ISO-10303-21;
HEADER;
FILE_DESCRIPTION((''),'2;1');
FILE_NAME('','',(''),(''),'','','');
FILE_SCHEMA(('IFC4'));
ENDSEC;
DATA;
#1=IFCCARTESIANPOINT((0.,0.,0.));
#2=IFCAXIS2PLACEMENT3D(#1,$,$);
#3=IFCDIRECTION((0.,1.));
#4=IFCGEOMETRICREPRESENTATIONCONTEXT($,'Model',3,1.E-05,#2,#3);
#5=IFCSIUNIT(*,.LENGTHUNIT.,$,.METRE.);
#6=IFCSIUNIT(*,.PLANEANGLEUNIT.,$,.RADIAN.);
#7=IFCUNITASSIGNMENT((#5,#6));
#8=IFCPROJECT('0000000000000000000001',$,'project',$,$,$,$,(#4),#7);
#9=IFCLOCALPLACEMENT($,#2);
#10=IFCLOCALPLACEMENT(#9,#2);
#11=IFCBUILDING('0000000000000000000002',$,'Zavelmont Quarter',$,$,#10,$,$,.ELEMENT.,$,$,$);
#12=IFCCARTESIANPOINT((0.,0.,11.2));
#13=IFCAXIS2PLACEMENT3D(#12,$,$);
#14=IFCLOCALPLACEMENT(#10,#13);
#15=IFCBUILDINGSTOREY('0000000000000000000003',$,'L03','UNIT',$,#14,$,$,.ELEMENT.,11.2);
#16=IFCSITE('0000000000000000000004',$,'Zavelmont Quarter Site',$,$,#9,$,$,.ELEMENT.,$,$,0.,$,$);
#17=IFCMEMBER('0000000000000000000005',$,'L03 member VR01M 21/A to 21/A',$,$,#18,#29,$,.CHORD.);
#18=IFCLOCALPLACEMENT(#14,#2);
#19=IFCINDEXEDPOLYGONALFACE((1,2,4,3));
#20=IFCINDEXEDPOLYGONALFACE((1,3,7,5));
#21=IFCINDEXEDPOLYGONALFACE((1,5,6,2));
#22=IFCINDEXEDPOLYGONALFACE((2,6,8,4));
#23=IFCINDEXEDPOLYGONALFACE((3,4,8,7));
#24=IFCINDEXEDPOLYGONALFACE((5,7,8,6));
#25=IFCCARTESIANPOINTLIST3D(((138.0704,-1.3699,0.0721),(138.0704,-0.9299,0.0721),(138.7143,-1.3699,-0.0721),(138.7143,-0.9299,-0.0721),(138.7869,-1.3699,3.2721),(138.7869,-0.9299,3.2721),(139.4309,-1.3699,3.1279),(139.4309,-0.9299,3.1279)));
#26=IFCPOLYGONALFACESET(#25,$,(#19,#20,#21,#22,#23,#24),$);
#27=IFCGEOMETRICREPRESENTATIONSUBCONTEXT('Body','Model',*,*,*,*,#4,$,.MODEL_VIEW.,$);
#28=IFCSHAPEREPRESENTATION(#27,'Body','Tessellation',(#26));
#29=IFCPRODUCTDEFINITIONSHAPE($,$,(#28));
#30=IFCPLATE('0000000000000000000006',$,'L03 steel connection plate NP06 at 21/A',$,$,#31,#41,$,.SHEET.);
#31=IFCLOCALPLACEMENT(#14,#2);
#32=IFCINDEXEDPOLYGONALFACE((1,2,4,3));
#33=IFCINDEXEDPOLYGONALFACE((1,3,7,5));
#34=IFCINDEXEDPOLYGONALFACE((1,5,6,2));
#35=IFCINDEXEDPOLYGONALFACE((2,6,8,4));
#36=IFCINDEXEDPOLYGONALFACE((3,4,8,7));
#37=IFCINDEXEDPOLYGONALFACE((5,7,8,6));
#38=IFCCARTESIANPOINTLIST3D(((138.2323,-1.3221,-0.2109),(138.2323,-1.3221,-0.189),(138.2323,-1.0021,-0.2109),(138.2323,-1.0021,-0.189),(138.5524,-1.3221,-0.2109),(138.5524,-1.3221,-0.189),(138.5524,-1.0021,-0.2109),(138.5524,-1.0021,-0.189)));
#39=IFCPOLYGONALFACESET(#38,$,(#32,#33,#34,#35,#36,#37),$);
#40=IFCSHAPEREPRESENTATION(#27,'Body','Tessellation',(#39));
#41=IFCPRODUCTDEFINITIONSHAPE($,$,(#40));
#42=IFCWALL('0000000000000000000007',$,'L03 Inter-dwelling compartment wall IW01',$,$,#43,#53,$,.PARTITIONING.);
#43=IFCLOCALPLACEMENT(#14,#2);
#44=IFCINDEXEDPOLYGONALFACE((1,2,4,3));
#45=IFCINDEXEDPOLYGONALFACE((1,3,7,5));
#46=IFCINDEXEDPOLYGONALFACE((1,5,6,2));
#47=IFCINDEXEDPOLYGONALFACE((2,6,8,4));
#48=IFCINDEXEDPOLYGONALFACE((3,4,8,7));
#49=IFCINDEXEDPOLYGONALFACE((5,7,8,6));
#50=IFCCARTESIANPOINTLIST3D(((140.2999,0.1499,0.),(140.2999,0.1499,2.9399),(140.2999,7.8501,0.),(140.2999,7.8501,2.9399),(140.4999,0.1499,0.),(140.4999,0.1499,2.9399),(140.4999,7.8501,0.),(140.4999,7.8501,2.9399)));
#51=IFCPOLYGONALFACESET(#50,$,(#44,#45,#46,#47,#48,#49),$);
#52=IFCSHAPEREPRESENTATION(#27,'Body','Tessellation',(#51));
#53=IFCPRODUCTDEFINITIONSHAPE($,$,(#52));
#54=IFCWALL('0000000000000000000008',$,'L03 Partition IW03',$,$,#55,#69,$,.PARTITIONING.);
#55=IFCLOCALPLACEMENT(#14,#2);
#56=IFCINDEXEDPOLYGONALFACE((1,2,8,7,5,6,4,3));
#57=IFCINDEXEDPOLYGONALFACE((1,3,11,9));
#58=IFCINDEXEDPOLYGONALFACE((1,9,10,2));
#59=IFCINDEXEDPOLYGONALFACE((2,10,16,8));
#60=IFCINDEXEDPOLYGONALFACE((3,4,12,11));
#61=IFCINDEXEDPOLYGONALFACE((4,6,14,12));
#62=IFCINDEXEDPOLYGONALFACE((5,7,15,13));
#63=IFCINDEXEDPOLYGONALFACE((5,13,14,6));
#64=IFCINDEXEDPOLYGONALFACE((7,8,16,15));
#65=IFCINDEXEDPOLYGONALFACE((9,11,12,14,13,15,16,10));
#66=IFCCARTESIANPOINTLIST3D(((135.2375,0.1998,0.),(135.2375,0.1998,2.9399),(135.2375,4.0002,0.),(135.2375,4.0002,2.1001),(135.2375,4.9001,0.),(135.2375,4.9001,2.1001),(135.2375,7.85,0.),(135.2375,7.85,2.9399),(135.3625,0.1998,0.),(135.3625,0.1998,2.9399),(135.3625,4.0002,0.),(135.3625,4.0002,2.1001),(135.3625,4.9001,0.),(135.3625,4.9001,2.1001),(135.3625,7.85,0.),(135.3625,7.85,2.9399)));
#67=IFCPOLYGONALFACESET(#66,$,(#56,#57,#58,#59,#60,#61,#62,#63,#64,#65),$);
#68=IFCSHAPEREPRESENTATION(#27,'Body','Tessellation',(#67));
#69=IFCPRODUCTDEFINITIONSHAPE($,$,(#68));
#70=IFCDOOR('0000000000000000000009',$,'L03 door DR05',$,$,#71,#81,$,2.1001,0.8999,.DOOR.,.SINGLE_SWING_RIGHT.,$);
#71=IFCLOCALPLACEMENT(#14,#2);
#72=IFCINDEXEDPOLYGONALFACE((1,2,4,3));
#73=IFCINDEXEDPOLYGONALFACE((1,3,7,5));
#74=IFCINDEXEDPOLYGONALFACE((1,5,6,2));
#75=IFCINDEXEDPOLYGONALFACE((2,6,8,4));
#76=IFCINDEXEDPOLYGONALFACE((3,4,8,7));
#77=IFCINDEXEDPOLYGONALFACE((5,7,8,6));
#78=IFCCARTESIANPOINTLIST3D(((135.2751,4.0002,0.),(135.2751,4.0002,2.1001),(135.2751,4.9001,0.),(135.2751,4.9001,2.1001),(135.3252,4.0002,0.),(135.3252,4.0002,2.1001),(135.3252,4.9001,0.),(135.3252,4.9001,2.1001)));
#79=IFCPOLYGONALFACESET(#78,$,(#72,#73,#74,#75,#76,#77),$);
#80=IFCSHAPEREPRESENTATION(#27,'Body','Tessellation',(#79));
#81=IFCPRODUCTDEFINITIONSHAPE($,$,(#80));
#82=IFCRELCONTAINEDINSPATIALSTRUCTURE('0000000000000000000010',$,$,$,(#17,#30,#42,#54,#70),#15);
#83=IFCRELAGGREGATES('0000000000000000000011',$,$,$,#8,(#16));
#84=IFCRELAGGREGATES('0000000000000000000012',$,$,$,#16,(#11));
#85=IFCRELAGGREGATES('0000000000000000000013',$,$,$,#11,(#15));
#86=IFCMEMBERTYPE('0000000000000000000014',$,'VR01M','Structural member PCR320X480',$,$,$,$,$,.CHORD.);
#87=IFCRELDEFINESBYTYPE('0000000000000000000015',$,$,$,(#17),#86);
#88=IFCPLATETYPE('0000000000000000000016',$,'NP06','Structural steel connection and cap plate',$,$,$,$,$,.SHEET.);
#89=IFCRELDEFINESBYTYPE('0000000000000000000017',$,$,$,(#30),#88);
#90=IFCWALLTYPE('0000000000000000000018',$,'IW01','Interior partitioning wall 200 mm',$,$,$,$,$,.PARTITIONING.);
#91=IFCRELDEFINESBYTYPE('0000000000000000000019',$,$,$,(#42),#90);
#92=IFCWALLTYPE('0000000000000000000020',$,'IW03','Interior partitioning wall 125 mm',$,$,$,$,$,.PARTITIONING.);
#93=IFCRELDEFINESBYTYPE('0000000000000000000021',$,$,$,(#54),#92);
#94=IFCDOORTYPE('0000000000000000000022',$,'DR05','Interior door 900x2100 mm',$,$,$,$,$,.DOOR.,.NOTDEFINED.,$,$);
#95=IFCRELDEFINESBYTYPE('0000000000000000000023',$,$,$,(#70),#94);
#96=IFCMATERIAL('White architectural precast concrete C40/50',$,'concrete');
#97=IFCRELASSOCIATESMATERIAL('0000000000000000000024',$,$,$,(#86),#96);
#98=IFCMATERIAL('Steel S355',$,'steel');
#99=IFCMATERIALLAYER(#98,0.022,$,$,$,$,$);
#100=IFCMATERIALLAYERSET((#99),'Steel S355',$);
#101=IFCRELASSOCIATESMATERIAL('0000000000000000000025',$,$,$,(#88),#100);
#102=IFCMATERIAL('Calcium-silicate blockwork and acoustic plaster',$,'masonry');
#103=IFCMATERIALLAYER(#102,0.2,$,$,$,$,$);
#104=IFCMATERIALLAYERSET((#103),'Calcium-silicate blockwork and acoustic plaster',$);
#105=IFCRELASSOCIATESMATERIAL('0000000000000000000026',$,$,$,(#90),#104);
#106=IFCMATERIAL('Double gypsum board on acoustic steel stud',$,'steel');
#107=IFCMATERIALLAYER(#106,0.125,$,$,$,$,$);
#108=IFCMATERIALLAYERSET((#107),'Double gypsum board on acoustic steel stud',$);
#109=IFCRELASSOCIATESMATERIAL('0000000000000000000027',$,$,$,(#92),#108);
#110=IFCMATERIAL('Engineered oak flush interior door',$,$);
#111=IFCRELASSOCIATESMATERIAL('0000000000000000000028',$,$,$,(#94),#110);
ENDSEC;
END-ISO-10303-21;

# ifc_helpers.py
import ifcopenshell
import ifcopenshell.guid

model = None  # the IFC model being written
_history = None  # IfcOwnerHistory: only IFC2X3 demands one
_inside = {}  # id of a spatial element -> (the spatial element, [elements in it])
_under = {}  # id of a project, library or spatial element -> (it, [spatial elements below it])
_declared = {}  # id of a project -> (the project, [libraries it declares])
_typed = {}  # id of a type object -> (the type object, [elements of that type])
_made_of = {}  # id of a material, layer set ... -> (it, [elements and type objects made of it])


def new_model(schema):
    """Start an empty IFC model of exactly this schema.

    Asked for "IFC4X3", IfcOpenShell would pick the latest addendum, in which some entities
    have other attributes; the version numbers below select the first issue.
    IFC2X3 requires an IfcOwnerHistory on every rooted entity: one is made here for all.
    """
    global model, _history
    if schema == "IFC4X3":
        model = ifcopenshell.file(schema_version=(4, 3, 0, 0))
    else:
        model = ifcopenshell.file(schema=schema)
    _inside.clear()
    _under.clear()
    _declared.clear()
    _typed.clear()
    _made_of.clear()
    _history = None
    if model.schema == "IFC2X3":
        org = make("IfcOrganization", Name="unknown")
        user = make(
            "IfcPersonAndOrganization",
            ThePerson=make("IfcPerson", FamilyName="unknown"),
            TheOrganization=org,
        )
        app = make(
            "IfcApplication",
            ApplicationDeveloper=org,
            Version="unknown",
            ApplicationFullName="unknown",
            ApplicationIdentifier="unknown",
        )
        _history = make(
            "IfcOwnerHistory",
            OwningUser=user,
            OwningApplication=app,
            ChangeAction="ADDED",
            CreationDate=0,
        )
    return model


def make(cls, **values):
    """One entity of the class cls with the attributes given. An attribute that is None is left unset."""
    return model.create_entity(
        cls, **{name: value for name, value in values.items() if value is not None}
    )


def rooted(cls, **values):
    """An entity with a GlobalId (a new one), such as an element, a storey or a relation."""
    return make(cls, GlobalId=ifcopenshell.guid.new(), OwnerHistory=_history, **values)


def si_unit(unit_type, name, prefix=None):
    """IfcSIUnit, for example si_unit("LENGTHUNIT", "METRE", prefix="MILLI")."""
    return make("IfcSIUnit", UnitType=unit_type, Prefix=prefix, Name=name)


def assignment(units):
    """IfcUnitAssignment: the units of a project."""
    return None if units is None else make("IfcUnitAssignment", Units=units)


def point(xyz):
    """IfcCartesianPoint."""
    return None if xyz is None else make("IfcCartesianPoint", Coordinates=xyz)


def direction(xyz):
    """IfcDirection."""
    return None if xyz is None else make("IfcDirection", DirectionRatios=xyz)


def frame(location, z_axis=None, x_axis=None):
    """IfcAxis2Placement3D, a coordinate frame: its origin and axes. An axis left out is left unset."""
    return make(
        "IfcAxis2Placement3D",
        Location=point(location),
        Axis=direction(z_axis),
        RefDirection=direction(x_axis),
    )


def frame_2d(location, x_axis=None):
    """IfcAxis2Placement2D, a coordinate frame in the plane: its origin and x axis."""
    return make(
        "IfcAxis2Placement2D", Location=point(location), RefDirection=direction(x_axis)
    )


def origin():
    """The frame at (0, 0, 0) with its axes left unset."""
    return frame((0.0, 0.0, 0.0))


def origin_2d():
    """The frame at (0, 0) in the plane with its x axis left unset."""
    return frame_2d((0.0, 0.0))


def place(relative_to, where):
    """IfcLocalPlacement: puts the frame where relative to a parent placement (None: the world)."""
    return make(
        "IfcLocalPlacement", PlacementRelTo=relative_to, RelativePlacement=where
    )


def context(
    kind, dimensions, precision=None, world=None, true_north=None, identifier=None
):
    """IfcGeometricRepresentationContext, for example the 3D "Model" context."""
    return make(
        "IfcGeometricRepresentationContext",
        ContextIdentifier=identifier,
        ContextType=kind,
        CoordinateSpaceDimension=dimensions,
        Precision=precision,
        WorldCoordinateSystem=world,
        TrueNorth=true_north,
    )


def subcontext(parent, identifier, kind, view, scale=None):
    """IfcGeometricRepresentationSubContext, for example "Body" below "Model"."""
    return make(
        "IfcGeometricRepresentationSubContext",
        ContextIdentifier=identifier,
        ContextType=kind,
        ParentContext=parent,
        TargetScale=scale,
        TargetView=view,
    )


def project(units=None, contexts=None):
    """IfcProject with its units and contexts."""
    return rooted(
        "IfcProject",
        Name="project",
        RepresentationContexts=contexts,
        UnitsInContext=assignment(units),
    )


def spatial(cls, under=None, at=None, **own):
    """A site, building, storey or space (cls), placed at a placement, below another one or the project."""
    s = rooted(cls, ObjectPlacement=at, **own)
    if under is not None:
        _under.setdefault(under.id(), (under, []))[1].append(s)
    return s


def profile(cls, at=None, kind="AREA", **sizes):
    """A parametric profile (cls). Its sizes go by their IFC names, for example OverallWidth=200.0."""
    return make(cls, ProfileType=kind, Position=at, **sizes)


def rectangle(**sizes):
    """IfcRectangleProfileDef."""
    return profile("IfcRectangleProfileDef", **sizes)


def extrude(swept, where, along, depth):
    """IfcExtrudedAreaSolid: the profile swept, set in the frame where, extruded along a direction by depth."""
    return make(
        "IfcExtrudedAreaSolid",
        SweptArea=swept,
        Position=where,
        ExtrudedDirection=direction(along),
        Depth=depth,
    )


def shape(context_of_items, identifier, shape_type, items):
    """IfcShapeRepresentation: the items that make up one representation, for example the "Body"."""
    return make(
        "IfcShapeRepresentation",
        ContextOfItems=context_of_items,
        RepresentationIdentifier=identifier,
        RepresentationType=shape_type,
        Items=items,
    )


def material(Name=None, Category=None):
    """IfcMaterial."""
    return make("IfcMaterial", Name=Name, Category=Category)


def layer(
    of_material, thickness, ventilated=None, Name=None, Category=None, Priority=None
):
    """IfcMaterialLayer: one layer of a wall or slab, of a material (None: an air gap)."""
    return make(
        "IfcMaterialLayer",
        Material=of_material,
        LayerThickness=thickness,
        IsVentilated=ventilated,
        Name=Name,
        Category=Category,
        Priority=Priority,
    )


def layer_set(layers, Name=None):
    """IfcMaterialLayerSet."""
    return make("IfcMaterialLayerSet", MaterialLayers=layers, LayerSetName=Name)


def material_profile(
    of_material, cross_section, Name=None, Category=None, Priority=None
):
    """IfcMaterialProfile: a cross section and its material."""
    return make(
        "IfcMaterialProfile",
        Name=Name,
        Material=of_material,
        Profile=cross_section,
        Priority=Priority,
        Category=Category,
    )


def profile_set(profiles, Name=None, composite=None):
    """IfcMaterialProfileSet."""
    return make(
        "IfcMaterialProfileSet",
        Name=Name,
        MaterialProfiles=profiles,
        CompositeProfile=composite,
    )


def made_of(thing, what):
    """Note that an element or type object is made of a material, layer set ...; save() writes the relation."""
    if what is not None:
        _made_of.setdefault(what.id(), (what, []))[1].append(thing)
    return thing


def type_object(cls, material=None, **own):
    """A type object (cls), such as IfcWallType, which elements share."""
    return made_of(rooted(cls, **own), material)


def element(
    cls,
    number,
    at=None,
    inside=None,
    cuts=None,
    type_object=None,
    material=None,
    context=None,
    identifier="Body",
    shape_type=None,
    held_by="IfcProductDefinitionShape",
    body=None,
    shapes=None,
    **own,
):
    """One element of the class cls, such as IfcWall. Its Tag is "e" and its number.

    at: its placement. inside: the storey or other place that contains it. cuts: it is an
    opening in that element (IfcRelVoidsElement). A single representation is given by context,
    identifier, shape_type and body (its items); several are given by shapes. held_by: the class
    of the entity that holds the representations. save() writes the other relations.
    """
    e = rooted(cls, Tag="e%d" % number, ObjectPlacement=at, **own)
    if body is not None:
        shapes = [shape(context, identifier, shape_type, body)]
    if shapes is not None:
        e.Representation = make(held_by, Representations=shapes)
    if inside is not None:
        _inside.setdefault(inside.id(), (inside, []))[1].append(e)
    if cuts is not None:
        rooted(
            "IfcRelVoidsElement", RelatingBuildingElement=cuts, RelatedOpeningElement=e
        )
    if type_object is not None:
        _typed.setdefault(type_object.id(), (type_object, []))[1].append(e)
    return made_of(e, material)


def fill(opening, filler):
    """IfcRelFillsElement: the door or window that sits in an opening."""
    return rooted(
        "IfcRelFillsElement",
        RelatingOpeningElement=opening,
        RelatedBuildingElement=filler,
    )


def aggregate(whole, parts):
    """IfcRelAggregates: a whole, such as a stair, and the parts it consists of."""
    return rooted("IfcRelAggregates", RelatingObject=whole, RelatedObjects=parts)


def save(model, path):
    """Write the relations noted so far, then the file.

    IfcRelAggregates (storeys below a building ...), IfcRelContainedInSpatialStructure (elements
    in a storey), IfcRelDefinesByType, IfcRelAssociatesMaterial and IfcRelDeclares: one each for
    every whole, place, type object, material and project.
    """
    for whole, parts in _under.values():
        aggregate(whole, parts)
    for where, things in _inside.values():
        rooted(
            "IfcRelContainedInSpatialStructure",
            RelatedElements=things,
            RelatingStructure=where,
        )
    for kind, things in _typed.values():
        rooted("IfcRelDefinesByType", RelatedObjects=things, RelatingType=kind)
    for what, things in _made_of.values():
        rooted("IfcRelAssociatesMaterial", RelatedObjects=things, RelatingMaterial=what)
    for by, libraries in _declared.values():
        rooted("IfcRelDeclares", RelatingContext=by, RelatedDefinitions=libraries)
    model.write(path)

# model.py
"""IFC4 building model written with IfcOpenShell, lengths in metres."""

from ifc_helpers import new_model, si_unit, direction, frame, frame_2d, origin, origin_2d, place, context, subcontext, project, spatial, rectangle, extrude, material, layer, layer_set, material_profile, profile_set, type_object, element, fill, save


model = new_model("IFC4")

# Units and contexts
model_context = context("Model", 3, precision=1e-05, world=origin(), true_north=direction((0.0, 1.0)))
body_context = subcontext(model_context, "Body", "Model", "MODEL_VIEW")
ifc_project = project(units=[si_unit("LENGTHUNIT", "METRE"), si_unit("PLANEANGLEUNIT", "RADIAN")], contexts=[model_context])

# Site, building, storey
site_placement = place(None, origin())
site = spatial("IfcSite", under=ifc_project, at=site_placement, Name="Zavelmont Quarter Site", CompositionType="ELEMENT", RefElevation=0.0)
building_placement = place(site_placement, origin())
building = spatial("IfcBuilding", under=site, at=building_placement, Name="Zavelmont Quarter", CompositionType="ELEMENT")
storey_placement = place(building_placement, frame((0.0, 0.0, 11.2)))
storey = spatial("IfcBuildingStorey", under=building, at=storey_placement, Name="L03", Description="UNIT", CompositionType="ELEMENT", Elevation=11.2)

# Shared definitions
ifc_material_1 = material(Name="Steel S355", Category="steel")

# Member
ifc_material_2 = material(Name="White architectural precast concrete C40/50", Category="concrete")
ifc_material_profile_1 = material_profile(ifc_material_2, rectangle(XDim=0.4399, YDim=0.6599, at=origin_2d()), Name="PCR320X480")
ifc_profile_set_1 = profile_set([ifc_material_profile_1], Name="White architectural precast concrete C40/50")
member_type = type_object("IfcMemberType", Name="VR01M", Description="Structural member PCR320X480", PredefinedType="CHORD", material=ifc_profile_set_1)
member_placement = place(storey_placement, frame((138.3923, -1.1499, 0.0), z_axis=(0.218515, 0.0, 0.975834), x_axis=(0.0, 1.0, 0.0)))
element("IfcMember", 1, at=member_placement, inside=storey, type_object=member_type, Name="L03 member VR01M 21/A to 21/A", PredefinedType="CHORD", context=body_context, shape_type="SweptSolid", body=[
    extrude(rectangle(XDim=0.4399, YDim=0.6599, at=origin_2d()), origin(), (0.0, 0.0, 1.0), 3.2793),
])

# Plate
ifc_layer_1 = layer(ifc_material_1, 0.022)
ifc_layer_set_1 = layer_set([ifc_layer_1], Name="Steel S355")
plate_type = type_object("IfcPlateType", Name="NP06", Description="Structural steel connection and cap plate", PredefinedType="SHEET", material=ifc_layer_set_1)
plate_placement = place(storey_placement, frame((138.3923, -1.1621, -0.2109), z_axis=(0.0, 0.0, 1.0), x_axis=(1.0, 0.0, 0.0)))
element("IfcPlate", 2, at=plate_placement, inside=storey, type_object=plate_type, Name="L03 steel connection plate NP06 at 21/A", PredefinedType="SHEET", context=body_context, shape_type="SweptSolid", body=[
    extrude(rectangle(XDim=0.3201, YDim=0.3201, at=origin_2d()), origin(), (0.0, 0.0, 1.0), 0.022),
])

# Wall
ifc_material_3 = material(Name="Calcium-silicate blockwork and acoustic plaster", Category="masonry")
ifc_layer_2 = layer(ifc_material_3, 0.2)
ifc_layer_set_2 = layer_set([ifc_layer_2], Name="Calcium-silicate blockwork and acoustic plaster")
wall_type_1 = type_object("IfcWallType", Name="IW01", Description="Interior partitioning wall 200 mm", PredefinedType="PARTITIONING", material=ifc_layer_set_2)
wall_1_placement = place(storey_placement, frame((140.3999, 7.8501, 0.0), z_axis=(0.0, 0.0, 1.0), x_axis=(0.0, -1.0, 0.0)))
element("IfcWall", 3, at=wall_1_placement, inside=storey, type_object=wall_type_1, Name="L03 Inter-dwelling compartment wall IW01", PredefinedType="PARTITIONING", context=body_context, shape_type="SweptSolid", body=[
    extrude(rectangle(XDim=7.7002, YDim=0.2, at=frame_2d((3.8501, 0.0))), origin(), (0.0, 0.0, 1.0), 2.9399),
])

# Wall, opening, door
ifc_material_4 = material(Name="Double gypsum board on acoustic steel stud", Category="steel")
ifc_layer_3 = layer(ifc_material_4, 0.125)
ifc_layer_set_3 = layer_set([ifc_layer_3], Name="Double gypsum board on acoustic steel stud")
wall_type_2 = type_object("IfcWallType", Name="IW03", Description="Interior partitioning wall 125 mm", PredefinedType="PARTITIONING", material=ifc_layer_set_3)
wall_2_placement = place(storey_placement, frame((135.3, 7.8501, 0.0), z_axis=(0.0, 0.0, 1.0), x_axis=(0.0, -1.0, 0.0)))
wall_2 = element("IfcWall", 4, at=wall_2_placement, inside=storey, type_object=wall_type_2, Name="L03 Partition IW03", PredefinedType="PARTITIONING", context=body_context, shape_type="SweptSolid", body=[
    extrude(rectangle(XDim=7.6501, YDim=0.125, at=frame_2d((3.8252, 0.0))), origin(), (0.0, 0.0, 1.0), 2.9399),
])
opening_1_placement = place(wall_2_placement, frame((2.95, 0.0, 0.0)))
opening_1 = element("IfcOpeningElement", 5, at=opening_1_placement, cuts=wall_2, PredefinedType="OPENING", context=body_context, shape_type="SweptSolid", body=[
    extrude(rectangle(XDim=0.8999, YDim=2.1001, at=frame_2d((0.45, 1.05))), frame((0.0, 0.0745, 0.0), z_axis=(0.0, -1.0, 0.0), x_axis=(1.0, 0.0, 0.0)), (0.0, 0.0, 1.0), 0.1489),
])
ifc_material_5 = material(Name="Engineered oak flush interior door")
door_type_1 = type_object("IfcDoorType", Name="DR05", Description="Interior door 900x2100 mm", OperationType="NOTDEFINED", PredefinedType="DOOR", material=ifc_material_5)
door_1_placement = place(opening_1_placement, frame((0.8999, 0.0, 0.0), z_axis=(0.0, 0.0, 1.0), x_axis=(-1.0, 0.0, 0.0)))
door_1 = element("IfcDoor", 6, at=door_1_placement, inside=storey, type_object=door_type_1, Name="L03 door DR05", OperationType="SINGLE_SWING_RIGHT", OverallHeight=2.1001, OverallWidth=0.8999, PredefinedType="DOOR", context=body_context, shape_type="SweptSolid", body=[
    extrude(rectangle(XDim=0.8999, YDim=2.1001, at=frame_2d((0.45, 1.05))), frame((0.0, 0.0249, 0.0), z_axis=(0.0, -1.0, 0.0), x_axis=(1.0, 0.0, 0.0)), (0.0, 0.0, 1.0), 0.05),
])
fill(opening_1, door_1)

save(model, "model.ifc")
